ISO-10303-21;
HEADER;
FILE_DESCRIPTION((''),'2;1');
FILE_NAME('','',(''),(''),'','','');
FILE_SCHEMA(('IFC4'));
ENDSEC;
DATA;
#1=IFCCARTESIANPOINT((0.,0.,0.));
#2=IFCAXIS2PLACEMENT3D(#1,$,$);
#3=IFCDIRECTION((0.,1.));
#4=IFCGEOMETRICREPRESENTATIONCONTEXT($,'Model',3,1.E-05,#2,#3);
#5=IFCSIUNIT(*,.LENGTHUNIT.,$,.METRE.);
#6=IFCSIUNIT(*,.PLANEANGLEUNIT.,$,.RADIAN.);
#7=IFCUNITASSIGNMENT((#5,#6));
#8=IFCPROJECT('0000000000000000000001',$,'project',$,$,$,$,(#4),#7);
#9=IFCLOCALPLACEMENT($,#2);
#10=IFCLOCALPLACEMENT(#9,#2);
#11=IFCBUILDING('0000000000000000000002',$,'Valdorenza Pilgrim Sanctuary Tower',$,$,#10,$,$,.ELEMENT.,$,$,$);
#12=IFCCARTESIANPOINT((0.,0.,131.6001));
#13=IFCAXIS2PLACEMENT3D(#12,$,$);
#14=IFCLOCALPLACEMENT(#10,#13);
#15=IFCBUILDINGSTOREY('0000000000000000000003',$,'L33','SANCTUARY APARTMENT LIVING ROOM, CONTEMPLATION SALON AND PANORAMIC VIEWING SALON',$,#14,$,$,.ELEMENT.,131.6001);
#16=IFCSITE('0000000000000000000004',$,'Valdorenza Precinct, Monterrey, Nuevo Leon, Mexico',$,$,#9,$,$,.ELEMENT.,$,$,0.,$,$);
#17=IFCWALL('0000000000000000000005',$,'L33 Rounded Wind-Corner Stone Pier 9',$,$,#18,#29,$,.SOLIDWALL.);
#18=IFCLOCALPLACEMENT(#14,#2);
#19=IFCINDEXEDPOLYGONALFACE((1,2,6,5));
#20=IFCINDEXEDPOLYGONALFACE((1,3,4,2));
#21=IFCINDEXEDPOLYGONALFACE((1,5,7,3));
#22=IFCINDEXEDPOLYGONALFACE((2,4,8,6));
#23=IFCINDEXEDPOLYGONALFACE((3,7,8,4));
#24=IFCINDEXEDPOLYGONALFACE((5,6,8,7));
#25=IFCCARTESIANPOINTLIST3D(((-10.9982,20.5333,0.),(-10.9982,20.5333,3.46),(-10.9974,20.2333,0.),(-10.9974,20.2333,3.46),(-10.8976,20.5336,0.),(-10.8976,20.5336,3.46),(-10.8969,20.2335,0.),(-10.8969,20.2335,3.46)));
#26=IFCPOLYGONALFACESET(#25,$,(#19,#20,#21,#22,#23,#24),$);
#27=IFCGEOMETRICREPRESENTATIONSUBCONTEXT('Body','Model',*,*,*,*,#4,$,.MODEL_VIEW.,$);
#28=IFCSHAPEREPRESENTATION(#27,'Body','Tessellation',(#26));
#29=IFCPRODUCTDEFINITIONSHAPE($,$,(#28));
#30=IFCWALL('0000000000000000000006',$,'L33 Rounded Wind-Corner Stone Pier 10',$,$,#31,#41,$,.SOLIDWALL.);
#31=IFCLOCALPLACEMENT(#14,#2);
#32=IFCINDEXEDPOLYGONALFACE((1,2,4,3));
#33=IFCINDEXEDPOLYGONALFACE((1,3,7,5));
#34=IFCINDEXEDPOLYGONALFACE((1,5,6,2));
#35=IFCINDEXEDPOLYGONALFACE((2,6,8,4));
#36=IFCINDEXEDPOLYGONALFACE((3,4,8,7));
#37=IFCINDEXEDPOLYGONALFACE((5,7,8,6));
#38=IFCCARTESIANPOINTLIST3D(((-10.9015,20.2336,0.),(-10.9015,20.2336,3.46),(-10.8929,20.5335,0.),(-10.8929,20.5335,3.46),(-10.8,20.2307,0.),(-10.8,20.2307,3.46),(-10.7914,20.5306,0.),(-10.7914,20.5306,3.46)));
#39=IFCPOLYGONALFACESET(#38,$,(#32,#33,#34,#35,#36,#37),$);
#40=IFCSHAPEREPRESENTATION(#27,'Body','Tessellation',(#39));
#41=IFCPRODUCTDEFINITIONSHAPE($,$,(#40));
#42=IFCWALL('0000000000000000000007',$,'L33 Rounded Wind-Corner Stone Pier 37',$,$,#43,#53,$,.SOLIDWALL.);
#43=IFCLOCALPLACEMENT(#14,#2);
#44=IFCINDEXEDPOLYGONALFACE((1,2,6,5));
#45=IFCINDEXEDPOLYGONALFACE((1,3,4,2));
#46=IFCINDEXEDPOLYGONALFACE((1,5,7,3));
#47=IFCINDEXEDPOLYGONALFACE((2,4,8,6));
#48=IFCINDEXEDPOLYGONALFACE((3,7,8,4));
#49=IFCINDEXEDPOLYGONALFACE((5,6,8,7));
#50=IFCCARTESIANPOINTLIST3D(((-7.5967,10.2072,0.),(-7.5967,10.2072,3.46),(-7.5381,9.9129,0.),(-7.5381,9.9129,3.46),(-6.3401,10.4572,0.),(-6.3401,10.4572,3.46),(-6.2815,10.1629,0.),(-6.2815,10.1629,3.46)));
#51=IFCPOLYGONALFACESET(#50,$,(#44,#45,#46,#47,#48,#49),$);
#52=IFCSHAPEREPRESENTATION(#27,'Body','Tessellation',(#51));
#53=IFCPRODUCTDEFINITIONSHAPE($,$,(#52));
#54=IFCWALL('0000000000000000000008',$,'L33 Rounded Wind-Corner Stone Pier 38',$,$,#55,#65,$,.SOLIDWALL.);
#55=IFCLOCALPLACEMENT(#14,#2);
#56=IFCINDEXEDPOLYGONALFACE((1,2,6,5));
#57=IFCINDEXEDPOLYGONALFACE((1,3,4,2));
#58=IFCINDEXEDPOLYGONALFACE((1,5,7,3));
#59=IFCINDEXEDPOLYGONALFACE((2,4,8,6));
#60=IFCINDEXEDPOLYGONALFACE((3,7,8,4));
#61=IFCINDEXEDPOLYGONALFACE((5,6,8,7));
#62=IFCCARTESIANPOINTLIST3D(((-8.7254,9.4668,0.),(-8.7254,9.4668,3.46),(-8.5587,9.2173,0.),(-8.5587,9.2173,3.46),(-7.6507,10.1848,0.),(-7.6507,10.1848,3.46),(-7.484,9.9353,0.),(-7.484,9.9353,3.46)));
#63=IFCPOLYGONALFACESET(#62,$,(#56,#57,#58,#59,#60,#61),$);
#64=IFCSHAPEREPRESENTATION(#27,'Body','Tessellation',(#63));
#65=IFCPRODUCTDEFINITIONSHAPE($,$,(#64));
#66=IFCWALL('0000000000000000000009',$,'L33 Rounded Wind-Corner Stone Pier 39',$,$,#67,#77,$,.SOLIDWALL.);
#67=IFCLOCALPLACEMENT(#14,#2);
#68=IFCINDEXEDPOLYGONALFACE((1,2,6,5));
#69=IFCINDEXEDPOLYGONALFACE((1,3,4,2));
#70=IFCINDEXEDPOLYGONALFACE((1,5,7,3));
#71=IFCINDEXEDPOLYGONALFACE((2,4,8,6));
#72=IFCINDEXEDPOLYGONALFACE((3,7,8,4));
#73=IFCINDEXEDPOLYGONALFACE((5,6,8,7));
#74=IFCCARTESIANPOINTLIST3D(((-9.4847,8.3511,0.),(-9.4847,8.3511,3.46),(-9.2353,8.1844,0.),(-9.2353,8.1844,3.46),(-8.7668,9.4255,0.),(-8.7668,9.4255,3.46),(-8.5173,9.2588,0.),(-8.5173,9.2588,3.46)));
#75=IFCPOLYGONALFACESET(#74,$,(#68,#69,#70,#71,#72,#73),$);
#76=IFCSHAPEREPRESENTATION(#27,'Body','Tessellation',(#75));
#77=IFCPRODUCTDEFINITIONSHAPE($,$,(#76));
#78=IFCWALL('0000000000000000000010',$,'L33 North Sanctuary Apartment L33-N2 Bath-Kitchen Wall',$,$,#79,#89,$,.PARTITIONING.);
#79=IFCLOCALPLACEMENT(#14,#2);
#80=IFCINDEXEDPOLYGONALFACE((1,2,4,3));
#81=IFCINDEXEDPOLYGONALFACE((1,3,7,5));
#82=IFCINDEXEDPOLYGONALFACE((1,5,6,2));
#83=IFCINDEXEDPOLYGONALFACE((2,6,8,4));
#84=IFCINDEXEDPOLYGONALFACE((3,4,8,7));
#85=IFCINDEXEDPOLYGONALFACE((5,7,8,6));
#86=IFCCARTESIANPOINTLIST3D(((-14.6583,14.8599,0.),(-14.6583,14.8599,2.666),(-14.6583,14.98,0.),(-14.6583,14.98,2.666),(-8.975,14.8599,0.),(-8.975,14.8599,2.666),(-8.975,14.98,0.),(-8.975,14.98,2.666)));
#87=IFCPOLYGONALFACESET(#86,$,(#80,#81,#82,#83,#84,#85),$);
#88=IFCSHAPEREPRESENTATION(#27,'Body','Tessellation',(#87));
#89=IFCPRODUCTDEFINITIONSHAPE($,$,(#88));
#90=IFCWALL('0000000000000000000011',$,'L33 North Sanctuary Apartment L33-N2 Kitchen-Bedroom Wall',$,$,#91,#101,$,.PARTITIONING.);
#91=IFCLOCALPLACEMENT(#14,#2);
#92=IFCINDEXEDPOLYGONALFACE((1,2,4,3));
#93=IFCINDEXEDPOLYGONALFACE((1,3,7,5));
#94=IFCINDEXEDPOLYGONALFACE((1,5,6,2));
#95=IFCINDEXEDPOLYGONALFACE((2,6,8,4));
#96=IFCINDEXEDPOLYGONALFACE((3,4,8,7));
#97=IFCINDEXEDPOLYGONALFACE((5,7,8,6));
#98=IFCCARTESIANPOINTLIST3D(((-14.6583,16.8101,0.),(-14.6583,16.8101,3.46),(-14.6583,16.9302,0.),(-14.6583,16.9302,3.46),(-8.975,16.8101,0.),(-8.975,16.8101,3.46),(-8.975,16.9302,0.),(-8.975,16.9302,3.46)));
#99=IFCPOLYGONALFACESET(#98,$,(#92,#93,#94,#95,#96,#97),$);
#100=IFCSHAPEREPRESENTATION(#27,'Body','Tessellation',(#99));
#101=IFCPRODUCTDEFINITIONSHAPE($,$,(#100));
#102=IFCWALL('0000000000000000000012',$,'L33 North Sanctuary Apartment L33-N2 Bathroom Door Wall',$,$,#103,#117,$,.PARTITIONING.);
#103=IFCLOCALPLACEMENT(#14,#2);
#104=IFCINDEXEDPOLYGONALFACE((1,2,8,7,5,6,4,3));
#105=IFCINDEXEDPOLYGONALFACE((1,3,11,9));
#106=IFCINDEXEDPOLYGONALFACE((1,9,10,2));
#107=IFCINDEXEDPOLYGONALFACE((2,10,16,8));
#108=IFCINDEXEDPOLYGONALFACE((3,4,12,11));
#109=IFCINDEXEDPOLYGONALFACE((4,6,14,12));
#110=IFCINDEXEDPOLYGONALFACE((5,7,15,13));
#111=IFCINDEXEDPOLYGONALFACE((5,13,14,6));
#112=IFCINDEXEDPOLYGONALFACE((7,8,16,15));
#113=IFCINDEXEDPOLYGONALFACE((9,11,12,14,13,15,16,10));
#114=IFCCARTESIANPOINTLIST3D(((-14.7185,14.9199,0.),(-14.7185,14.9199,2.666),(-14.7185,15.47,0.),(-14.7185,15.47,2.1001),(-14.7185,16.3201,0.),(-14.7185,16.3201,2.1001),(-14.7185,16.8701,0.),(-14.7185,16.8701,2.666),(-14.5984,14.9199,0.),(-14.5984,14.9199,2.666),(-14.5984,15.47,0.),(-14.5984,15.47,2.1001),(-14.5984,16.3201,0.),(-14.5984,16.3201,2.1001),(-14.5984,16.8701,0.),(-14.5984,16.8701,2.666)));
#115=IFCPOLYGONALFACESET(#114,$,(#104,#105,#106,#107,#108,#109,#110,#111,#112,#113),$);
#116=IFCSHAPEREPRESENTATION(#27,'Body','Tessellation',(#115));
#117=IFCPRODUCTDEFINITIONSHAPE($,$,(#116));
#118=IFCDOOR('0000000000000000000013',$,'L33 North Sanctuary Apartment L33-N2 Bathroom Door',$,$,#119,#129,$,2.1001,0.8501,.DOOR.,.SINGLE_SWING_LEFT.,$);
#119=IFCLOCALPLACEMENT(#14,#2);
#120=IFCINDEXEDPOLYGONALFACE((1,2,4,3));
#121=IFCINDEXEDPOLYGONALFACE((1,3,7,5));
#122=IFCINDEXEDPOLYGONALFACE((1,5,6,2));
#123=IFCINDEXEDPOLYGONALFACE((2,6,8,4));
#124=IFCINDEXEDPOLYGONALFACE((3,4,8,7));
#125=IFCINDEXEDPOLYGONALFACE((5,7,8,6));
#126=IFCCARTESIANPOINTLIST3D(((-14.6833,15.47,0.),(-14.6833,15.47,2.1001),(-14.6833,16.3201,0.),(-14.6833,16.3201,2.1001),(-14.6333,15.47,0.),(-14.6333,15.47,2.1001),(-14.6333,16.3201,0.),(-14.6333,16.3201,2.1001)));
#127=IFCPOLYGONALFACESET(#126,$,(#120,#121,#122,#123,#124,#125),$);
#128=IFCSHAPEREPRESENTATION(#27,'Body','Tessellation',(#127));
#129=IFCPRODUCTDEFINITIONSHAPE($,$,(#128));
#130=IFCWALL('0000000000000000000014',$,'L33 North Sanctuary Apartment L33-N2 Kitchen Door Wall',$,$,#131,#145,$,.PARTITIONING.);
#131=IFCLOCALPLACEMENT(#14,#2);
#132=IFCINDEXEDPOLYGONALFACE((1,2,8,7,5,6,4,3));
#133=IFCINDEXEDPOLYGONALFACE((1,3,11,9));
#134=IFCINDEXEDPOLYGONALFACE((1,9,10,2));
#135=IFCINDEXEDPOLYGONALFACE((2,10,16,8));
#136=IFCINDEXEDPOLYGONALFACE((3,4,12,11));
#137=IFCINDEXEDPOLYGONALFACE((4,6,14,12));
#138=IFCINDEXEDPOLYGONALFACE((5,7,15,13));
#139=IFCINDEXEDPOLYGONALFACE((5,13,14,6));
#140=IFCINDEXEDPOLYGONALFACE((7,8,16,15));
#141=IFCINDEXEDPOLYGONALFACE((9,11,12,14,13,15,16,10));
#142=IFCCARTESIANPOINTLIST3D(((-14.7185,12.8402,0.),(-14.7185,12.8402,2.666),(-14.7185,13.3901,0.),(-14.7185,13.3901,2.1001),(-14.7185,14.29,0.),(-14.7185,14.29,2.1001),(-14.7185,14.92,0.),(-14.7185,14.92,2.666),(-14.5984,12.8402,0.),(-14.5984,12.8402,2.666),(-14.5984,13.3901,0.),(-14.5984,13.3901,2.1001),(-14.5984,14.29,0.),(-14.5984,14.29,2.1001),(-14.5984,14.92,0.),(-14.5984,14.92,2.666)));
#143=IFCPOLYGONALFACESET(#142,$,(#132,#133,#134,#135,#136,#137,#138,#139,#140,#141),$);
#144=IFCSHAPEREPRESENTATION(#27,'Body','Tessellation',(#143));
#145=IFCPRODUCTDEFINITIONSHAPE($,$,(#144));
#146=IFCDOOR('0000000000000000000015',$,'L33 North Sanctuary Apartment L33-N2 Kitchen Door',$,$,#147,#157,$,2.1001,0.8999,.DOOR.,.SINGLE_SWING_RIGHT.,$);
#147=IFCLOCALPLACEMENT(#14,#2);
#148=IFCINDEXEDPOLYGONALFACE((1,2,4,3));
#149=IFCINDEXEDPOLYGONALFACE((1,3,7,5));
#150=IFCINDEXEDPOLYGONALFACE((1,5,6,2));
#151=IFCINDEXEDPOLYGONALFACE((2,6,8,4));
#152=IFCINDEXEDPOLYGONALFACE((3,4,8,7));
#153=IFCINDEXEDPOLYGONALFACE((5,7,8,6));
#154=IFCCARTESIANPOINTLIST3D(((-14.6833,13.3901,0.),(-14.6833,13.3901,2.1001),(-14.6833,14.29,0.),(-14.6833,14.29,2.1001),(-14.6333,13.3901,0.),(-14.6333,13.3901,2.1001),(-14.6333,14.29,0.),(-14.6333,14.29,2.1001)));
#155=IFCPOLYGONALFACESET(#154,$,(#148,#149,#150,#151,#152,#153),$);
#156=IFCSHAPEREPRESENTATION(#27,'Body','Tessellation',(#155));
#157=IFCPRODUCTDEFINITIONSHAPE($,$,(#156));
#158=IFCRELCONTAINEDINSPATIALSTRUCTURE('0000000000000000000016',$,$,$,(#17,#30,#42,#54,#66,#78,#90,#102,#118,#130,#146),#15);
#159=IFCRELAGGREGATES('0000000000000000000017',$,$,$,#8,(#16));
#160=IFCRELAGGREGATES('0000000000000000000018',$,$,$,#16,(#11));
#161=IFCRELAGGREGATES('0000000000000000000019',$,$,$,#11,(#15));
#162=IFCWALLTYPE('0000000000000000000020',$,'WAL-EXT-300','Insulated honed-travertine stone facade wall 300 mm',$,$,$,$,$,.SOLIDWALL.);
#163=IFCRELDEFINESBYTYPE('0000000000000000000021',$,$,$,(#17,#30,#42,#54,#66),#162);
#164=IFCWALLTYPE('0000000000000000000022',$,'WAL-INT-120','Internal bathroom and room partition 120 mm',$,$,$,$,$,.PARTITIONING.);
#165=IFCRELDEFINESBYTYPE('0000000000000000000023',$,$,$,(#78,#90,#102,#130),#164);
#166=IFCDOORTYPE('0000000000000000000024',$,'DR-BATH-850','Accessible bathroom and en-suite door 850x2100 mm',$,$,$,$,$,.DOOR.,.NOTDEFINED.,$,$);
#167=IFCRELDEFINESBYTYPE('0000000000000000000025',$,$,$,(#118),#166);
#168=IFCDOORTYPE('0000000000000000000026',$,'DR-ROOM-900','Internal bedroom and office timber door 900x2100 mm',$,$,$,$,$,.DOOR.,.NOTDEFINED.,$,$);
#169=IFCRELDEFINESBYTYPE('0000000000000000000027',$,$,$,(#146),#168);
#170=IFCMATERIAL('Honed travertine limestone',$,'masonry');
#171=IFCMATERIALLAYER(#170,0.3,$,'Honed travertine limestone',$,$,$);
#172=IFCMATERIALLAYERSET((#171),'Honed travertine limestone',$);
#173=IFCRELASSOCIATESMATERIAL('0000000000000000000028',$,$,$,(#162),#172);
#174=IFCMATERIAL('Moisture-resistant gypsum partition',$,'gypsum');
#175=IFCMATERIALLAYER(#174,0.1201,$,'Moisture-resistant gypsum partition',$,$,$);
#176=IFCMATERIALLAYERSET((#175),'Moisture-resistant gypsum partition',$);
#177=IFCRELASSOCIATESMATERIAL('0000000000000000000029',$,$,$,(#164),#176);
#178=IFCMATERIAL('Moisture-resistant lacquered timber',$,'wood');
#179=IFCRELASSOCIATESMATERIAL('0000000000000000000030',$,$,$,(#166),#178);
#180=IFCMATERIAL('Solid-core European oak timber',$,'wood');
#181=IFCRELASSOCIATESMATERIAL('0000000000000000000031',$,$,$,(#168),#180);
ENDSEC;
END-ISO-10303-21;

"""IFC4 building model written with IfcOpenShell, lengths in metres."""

from ifc_helpers import new_model, si_unit, direction, frame, frame_2d, origin, place, context, subcontext, project, spatial, rectangle, extrude, material, layer, layer_set, type_object, element, fill, save


model = new_model("IFC4")

# Units and contexts
model_context = context("Model", 3, precision=1e-05, world=origin(), true_north=direction((0.0, 1.0)))
body_context = subcontext(model_context, "Body", "Model", "MODEL_VIEW")
ifc_project = project(units=[si_unit("LENGTHUNIT", "METRE"), si_unit("PLANEANGLEUNIT", "RADIAN")], contexts=[model_context])

# Site, building, storey
site_placement = place(None, origin())
site = spatial("IfcSite", under=ifc_project, at=site_placement, Name="Valdorenza Precinct, Monterrey, Nuevo Leon, Mexico", CompositionType="ELEMENT", RefElevation=0.0)
building_placement = place(site_placement, origin())
building = spatial("IfcBuilding", under=site, at=building_placement, Name="Valdorenza Pilgrim Sanctuary Tower", CompositionType="ELEMENT")
storey_placement = place(building_placement, frame((0.0, 0.0, 131.6001)))
storey = spatial("IfcBuildingStorey", under=building, at=storey_placement, Name="L33", Description="SANCTUARY APARTMENT LIVING ROOM, CONTEMPLATION SALON AND PANORAMIC VIEWING SALON", CompositionType="ELEMENT", Elevation=131.6001)

# Shared definitions
ifc_material_1 = material(Name="Honed travertine limestone", Category="masonry")

# Walls
ifc_layer_1 = layer(ifc_material_1, 0.3, Name="Honed travertine limestone")
ifc_layer_set_1 = layer_set([ifc_layer_1], Name="Honed travertine limestone")
wall_type_1 = type_object("IfcWallType", Name="WAL-EXT-300", Description="Insulated honed-travertine stone facade wall 300 mm", PredefinedType="SOLIDWALL", material=ifc_layer_set_1)
wall_1_placement = place(storey_placement, frame((-10.9978, 20.3833, 0.0), z_axis=(0.0, 0.0, 1.0), x_axis=(0.999997, 0.002427, 0.0)))
element("IfcWall", 1, at=wall_1_placement, inside=storey, type_object=wall_type_1, Name="L33 Rounded Wind-Corner Stone Pier 9", PredefinedType="SOLIDWALL", context=body_context, shape_type="SweptSolid", body=[
    extrude(rectangle(XDim=0.1006, YDim=0.3, at=frame_2d((0.0503, 0.0))), origin(), (0.0, 0.0, 1.0), 3.46),
])
wall_2_placement = place(storey_placement, frame((-10.8972, 20.3835, 0.0), z_axis=(0.0, 0.0, 1.0), x_axis=(0.999584, -0.028834, 0.0)))
element("IfcWall", 2, at=wall_2_placement, inside=storey, type_object=wall_type_1, Name="L33 Rounded Wind-Corner Stone Pier 10", PredefinedType="SOLIDWALL", context=body_context, shape_type="SweptSolid", body=[
    extrude(rectangle(XDim=0.1016, YDim=0.3, at=frame_2d((0.0508, 0.0))), origin(), (0.0, 0.0, 1.0), 3.46),
])
wall_3_placement = place(storey_placement, frame((-6.3108, 10.3101, 0.0), z_axis=(0.0, 0.0, 1.0), x_axis=(-0.980778, -0.195127, 0.0)))
element("IfcWall", 3, at=wall_3_placement, inside=storey, type_object=wall_type_1, Name="L33 Rounded Wind-Corner Stone Pier 37", PredefinedType="SOLIDWALL", context=body_context, shape_type="SweptSolid", body=[
    extrude(rectangle(XDim=1.2812, YDim=0.3, at=frame_2d((0.6406, 0.0))), origin(), (0.0, 0.0, 1.0), 3.46),
])
wall_4_placement = place(storey_placement, frame((-7.5674, 10.0601, 0.0), z_axis=(0.0, 0.0, 1.0), x_axis=(-0.831498, -0.555528, 0.0)))
element("IfcWall", 4, at=wall_4_placement, inside=storey, type_object=wall_type_1, Name="L33 Rounded Wind-Corner Stone Pier 38", PredefinedType="SOLIDWALL", context=body_context, shape_type="SweptSolid", body=[
    extrude(rectangle(XDim=1.2925, YDim=0.3, at=frame_2d((0.6462, 0.0))), origin(), (0.0, 0.0, 1.0), 3.46),
])
wall_5_placement = place(storey_placement, frame((-8.6421, 9.342, 0.0), z_axis=(0.0, 0.0, 1.0), x_axis=(-0.555615, -0.831439, 0.0)))
element("IfcWall", 5, at=wall_5_placement, inside=storey, type_object=wall_type_1, Name="L33 Rounded Wind-Corner Stone Pier 39", PredefinedType="SOLIDWALL", context=body_context, shape_type="SweptSolid", body=[
    extrude(rectangle(XDim=1.2922, YDim=0.3, at=frame_2d((0.646, 0.0))), origin(), (0.0, 0.0, 1.0), 3.46),
])
ifc_material_2 = material(Name="Moisture-resistant gypsum partition", Category="gypsum")
ifc_layer_2 = layer(ifc_material_2, 0.1201, Name="Moisture-resistant gypsum partition")
ifc_layer_set_2 = layer_set([ifc_layer_2], Name="Moisture-resistant gypsum partition")
wall_type_2 = type_object("IfcWallType", Name="WAL-INT-120", Description="Internal bathroom and room partition 120 mm", PredefinedType="PARTITIONING", material=ifc_layer_set_2)
wall_6_placement = place(storey_placement, frame((-14.6584, 14.9199, 0.0), z_axis=(0.0, 0.0, 1.0), x_axis=(1.0, 0.0, 0.0)))
element("IfcWall", 6, at=wall_6_placement, inside=storey, type_object=wall_type_2, Name="L33 North Sanctuary Apartment L33-N2 Bath-Kitchen Wall", PredefinedType="PARTITIONING", context=body_context, shape_type="SweptSolid", body=[
    extrude(rectangle(XDim=5.6833, YDim=0.1201, at=frame_2d((2.8418, 0.0))), origin(), (0.0, 0.0, 1.0), 2.666),
])
wall_7_placement = place(storey_placement, frame((-14.6584, 16.8701, 0.0), z_axis=(0.0, 0.0, 1.0), x_axis=(1.0, 0.0, 0.0)))
element("IfcWall", 7, at=wall_7_placement, inside=storey, type_object=wall_type_2, Name="L33 North Sanctuary Apartment L33-N2 Kitchen-Bedroom Wall", PredefinedType="PARTITIONING", context=body_context, shape_type="SweptSolid", body=[
    extrude(rectangle(XDim=5.6833, YDim=0.1201, at=frame_2d((2.8418, 0.0))), origin(), (0.0, 0.0, 1.0), 3.46),
])

# Walls, openings, doors
wall_8_placement = place(storey_placement, frame((-14.6584, 14.9199, 0.0), z_axis=(0.0, 0.0, 1.0), x_axis=(0.0, 1.0, 0.0)))
wall_8 = element("IfcWall", 8, at=wall_8_placement, inside=storey, type_object=wall_type_2, Name="L33 North Sanctuary Apartment L33-N2 Bathroom Door Wall", PredefinedType="PARTITIONING", context=body_context, shape_type="SweptSolid", body=[
    extrude(rectangle(XDim=1.9502, YDim=0.1201, at=frame_2d((0.9751, 0.0))), origin(), (0.0, 0.0, 1.0), 2.666),
])
opening_1_placement = place(wall_8_placement, frame((0.55, 0.0, 0.0)))
opening_1 = element("IfcOpeningElement", 9, at=opening_1_placement, cuts=wall_8, PredefinedType="OPENING", context=body_context, shape_type="SweptSolid", body=[
    extrude(rectangle(XDim=0.8501, YDim=2.1001, at=frame_2d((0.425, 1.05))), frame((0.0, 0.075, 0.0), z_axis=(0.0, -1.0, 0.0), x_axis=(1.0, 0.0, 0.0)), (0.0, 0.0, 1.0), 0.1499),
])
ifc_material_3 = material(Name="Moisture-resistant lacquered timber", Category="wood")
door_type_1 = type_object("IfcDoorType", Name="DR-BATH-850", Description="Accessible bathroom and en-suite door 850x2100 mm", OperationType="NOTDEFINED", PredefinedType="DOOR", material=ifc_material_3)
door_1_placement = place(opening_1_placement, origin())
door_1 = element("IfcDoor", 10, at=door_1_placement, inside=storey, type_object=door_type_1, Name="L33 North Sanctuary Apartment L33-N2 Bathroom Door", OperationType="SINGLE_SWING_LEFT", OverallHeight=2.1001, OverallWidth=0.8501, PredefinedType="DOOR", context=body_context, shape_type="SweptSolid", body=[
    extrude(rectangle(XDim=0.8501, YDim=2.1001, at=frame_2d((0.425, 1.05))), frame((0.0, 0.0249, 0.0), z_axis=(0.0, -1.0, 0.0), x_axis=(1.0, 0.0, 0.0)), (0.0, 0.0, 1.0), 0.05),
])
fill(opening_1, door_1)
wall_9_placement = place(storey_placement, frame((-14.6584, 12.8401, 0.0), z_axis=(0.0, 0.0, 1.0), x_axis=(0.0, 1.0, 0.0)))
wall_9 = element("IfcWall", 11, at=wall_9_placement, inside=storey, type_object=wall_type_2, Name="L33 North Sanctuary Apartment L33-N2 Kitchen Door Wall", PredefinedType="PARTITIONING", context=body_context, shape_type="SweptSolid", body=[
    extrude(rectangle(XDim=2.0798, YDim=0.1201, at=frame_2d((1.04, 0.0))), origin(), (0.0, 0.0, 1.0), 2.666),
])
opening_2_placement = place(wall_9_placement, frame((0.55, 0.0, 0.0)))
opening_2 = element("IfcOpeningElement", 12, at=opening_2_placement, cuts=wall_9, PredefinedType="OPENING", context=body_context, shape_type="SweptSolid", body=[
    extrude(rectangle(XDim=0.8999, YDim=2.1001, at=frame_2d((0.45, 1.05))), frame((0.0, 0.075, 0.0), z_axis=(0.0, -1.0, 0.0), x_axis=(1.0, 0.0, 0.0)), (0.0, 0.0, 1.0), 0.1499),
])
ifc_material_4 = material(Name="Solid-core European oak timber", Category="wood")
door_type_2 = type_object("IfcDoorType", Name="DR-ROOM-900", Description="Internal bedroom and office timber door 900x2100 mm", OperationType="NOTDEFINED", PredefinedType="DOOR", material=ifc_material_4)
door_2_placement = place(opening_2_placement, origin())
door_2 = element("IfcDoor", 13, at=door_2_placement, inside=storey, type_object=door_type_2, Name="L33 North Sanctuary Apartment L33-N2 Kitchen Door", OperationType="SINGLE_SWING_RIGHT", OverallHeight=2.1001, OverallWidth=0.8999, PredefinedType="DOOR", context=body_context, shape_type="SweptSolid", body=[
    extrude(rectangle(XDim=0.8999, YDim=2.1001, at=frame_2d((0.45, 1.05))), frame((0.0, 0.0249, 0.0), z_axis=(0.0, -1.0, 0.0), x_axis=(1.0, 0.0, 0.0)), (0.0, 0.0, 1.0), 0.05),
])
fill(opening_2, door_2)

save(model, "model.ifc")
